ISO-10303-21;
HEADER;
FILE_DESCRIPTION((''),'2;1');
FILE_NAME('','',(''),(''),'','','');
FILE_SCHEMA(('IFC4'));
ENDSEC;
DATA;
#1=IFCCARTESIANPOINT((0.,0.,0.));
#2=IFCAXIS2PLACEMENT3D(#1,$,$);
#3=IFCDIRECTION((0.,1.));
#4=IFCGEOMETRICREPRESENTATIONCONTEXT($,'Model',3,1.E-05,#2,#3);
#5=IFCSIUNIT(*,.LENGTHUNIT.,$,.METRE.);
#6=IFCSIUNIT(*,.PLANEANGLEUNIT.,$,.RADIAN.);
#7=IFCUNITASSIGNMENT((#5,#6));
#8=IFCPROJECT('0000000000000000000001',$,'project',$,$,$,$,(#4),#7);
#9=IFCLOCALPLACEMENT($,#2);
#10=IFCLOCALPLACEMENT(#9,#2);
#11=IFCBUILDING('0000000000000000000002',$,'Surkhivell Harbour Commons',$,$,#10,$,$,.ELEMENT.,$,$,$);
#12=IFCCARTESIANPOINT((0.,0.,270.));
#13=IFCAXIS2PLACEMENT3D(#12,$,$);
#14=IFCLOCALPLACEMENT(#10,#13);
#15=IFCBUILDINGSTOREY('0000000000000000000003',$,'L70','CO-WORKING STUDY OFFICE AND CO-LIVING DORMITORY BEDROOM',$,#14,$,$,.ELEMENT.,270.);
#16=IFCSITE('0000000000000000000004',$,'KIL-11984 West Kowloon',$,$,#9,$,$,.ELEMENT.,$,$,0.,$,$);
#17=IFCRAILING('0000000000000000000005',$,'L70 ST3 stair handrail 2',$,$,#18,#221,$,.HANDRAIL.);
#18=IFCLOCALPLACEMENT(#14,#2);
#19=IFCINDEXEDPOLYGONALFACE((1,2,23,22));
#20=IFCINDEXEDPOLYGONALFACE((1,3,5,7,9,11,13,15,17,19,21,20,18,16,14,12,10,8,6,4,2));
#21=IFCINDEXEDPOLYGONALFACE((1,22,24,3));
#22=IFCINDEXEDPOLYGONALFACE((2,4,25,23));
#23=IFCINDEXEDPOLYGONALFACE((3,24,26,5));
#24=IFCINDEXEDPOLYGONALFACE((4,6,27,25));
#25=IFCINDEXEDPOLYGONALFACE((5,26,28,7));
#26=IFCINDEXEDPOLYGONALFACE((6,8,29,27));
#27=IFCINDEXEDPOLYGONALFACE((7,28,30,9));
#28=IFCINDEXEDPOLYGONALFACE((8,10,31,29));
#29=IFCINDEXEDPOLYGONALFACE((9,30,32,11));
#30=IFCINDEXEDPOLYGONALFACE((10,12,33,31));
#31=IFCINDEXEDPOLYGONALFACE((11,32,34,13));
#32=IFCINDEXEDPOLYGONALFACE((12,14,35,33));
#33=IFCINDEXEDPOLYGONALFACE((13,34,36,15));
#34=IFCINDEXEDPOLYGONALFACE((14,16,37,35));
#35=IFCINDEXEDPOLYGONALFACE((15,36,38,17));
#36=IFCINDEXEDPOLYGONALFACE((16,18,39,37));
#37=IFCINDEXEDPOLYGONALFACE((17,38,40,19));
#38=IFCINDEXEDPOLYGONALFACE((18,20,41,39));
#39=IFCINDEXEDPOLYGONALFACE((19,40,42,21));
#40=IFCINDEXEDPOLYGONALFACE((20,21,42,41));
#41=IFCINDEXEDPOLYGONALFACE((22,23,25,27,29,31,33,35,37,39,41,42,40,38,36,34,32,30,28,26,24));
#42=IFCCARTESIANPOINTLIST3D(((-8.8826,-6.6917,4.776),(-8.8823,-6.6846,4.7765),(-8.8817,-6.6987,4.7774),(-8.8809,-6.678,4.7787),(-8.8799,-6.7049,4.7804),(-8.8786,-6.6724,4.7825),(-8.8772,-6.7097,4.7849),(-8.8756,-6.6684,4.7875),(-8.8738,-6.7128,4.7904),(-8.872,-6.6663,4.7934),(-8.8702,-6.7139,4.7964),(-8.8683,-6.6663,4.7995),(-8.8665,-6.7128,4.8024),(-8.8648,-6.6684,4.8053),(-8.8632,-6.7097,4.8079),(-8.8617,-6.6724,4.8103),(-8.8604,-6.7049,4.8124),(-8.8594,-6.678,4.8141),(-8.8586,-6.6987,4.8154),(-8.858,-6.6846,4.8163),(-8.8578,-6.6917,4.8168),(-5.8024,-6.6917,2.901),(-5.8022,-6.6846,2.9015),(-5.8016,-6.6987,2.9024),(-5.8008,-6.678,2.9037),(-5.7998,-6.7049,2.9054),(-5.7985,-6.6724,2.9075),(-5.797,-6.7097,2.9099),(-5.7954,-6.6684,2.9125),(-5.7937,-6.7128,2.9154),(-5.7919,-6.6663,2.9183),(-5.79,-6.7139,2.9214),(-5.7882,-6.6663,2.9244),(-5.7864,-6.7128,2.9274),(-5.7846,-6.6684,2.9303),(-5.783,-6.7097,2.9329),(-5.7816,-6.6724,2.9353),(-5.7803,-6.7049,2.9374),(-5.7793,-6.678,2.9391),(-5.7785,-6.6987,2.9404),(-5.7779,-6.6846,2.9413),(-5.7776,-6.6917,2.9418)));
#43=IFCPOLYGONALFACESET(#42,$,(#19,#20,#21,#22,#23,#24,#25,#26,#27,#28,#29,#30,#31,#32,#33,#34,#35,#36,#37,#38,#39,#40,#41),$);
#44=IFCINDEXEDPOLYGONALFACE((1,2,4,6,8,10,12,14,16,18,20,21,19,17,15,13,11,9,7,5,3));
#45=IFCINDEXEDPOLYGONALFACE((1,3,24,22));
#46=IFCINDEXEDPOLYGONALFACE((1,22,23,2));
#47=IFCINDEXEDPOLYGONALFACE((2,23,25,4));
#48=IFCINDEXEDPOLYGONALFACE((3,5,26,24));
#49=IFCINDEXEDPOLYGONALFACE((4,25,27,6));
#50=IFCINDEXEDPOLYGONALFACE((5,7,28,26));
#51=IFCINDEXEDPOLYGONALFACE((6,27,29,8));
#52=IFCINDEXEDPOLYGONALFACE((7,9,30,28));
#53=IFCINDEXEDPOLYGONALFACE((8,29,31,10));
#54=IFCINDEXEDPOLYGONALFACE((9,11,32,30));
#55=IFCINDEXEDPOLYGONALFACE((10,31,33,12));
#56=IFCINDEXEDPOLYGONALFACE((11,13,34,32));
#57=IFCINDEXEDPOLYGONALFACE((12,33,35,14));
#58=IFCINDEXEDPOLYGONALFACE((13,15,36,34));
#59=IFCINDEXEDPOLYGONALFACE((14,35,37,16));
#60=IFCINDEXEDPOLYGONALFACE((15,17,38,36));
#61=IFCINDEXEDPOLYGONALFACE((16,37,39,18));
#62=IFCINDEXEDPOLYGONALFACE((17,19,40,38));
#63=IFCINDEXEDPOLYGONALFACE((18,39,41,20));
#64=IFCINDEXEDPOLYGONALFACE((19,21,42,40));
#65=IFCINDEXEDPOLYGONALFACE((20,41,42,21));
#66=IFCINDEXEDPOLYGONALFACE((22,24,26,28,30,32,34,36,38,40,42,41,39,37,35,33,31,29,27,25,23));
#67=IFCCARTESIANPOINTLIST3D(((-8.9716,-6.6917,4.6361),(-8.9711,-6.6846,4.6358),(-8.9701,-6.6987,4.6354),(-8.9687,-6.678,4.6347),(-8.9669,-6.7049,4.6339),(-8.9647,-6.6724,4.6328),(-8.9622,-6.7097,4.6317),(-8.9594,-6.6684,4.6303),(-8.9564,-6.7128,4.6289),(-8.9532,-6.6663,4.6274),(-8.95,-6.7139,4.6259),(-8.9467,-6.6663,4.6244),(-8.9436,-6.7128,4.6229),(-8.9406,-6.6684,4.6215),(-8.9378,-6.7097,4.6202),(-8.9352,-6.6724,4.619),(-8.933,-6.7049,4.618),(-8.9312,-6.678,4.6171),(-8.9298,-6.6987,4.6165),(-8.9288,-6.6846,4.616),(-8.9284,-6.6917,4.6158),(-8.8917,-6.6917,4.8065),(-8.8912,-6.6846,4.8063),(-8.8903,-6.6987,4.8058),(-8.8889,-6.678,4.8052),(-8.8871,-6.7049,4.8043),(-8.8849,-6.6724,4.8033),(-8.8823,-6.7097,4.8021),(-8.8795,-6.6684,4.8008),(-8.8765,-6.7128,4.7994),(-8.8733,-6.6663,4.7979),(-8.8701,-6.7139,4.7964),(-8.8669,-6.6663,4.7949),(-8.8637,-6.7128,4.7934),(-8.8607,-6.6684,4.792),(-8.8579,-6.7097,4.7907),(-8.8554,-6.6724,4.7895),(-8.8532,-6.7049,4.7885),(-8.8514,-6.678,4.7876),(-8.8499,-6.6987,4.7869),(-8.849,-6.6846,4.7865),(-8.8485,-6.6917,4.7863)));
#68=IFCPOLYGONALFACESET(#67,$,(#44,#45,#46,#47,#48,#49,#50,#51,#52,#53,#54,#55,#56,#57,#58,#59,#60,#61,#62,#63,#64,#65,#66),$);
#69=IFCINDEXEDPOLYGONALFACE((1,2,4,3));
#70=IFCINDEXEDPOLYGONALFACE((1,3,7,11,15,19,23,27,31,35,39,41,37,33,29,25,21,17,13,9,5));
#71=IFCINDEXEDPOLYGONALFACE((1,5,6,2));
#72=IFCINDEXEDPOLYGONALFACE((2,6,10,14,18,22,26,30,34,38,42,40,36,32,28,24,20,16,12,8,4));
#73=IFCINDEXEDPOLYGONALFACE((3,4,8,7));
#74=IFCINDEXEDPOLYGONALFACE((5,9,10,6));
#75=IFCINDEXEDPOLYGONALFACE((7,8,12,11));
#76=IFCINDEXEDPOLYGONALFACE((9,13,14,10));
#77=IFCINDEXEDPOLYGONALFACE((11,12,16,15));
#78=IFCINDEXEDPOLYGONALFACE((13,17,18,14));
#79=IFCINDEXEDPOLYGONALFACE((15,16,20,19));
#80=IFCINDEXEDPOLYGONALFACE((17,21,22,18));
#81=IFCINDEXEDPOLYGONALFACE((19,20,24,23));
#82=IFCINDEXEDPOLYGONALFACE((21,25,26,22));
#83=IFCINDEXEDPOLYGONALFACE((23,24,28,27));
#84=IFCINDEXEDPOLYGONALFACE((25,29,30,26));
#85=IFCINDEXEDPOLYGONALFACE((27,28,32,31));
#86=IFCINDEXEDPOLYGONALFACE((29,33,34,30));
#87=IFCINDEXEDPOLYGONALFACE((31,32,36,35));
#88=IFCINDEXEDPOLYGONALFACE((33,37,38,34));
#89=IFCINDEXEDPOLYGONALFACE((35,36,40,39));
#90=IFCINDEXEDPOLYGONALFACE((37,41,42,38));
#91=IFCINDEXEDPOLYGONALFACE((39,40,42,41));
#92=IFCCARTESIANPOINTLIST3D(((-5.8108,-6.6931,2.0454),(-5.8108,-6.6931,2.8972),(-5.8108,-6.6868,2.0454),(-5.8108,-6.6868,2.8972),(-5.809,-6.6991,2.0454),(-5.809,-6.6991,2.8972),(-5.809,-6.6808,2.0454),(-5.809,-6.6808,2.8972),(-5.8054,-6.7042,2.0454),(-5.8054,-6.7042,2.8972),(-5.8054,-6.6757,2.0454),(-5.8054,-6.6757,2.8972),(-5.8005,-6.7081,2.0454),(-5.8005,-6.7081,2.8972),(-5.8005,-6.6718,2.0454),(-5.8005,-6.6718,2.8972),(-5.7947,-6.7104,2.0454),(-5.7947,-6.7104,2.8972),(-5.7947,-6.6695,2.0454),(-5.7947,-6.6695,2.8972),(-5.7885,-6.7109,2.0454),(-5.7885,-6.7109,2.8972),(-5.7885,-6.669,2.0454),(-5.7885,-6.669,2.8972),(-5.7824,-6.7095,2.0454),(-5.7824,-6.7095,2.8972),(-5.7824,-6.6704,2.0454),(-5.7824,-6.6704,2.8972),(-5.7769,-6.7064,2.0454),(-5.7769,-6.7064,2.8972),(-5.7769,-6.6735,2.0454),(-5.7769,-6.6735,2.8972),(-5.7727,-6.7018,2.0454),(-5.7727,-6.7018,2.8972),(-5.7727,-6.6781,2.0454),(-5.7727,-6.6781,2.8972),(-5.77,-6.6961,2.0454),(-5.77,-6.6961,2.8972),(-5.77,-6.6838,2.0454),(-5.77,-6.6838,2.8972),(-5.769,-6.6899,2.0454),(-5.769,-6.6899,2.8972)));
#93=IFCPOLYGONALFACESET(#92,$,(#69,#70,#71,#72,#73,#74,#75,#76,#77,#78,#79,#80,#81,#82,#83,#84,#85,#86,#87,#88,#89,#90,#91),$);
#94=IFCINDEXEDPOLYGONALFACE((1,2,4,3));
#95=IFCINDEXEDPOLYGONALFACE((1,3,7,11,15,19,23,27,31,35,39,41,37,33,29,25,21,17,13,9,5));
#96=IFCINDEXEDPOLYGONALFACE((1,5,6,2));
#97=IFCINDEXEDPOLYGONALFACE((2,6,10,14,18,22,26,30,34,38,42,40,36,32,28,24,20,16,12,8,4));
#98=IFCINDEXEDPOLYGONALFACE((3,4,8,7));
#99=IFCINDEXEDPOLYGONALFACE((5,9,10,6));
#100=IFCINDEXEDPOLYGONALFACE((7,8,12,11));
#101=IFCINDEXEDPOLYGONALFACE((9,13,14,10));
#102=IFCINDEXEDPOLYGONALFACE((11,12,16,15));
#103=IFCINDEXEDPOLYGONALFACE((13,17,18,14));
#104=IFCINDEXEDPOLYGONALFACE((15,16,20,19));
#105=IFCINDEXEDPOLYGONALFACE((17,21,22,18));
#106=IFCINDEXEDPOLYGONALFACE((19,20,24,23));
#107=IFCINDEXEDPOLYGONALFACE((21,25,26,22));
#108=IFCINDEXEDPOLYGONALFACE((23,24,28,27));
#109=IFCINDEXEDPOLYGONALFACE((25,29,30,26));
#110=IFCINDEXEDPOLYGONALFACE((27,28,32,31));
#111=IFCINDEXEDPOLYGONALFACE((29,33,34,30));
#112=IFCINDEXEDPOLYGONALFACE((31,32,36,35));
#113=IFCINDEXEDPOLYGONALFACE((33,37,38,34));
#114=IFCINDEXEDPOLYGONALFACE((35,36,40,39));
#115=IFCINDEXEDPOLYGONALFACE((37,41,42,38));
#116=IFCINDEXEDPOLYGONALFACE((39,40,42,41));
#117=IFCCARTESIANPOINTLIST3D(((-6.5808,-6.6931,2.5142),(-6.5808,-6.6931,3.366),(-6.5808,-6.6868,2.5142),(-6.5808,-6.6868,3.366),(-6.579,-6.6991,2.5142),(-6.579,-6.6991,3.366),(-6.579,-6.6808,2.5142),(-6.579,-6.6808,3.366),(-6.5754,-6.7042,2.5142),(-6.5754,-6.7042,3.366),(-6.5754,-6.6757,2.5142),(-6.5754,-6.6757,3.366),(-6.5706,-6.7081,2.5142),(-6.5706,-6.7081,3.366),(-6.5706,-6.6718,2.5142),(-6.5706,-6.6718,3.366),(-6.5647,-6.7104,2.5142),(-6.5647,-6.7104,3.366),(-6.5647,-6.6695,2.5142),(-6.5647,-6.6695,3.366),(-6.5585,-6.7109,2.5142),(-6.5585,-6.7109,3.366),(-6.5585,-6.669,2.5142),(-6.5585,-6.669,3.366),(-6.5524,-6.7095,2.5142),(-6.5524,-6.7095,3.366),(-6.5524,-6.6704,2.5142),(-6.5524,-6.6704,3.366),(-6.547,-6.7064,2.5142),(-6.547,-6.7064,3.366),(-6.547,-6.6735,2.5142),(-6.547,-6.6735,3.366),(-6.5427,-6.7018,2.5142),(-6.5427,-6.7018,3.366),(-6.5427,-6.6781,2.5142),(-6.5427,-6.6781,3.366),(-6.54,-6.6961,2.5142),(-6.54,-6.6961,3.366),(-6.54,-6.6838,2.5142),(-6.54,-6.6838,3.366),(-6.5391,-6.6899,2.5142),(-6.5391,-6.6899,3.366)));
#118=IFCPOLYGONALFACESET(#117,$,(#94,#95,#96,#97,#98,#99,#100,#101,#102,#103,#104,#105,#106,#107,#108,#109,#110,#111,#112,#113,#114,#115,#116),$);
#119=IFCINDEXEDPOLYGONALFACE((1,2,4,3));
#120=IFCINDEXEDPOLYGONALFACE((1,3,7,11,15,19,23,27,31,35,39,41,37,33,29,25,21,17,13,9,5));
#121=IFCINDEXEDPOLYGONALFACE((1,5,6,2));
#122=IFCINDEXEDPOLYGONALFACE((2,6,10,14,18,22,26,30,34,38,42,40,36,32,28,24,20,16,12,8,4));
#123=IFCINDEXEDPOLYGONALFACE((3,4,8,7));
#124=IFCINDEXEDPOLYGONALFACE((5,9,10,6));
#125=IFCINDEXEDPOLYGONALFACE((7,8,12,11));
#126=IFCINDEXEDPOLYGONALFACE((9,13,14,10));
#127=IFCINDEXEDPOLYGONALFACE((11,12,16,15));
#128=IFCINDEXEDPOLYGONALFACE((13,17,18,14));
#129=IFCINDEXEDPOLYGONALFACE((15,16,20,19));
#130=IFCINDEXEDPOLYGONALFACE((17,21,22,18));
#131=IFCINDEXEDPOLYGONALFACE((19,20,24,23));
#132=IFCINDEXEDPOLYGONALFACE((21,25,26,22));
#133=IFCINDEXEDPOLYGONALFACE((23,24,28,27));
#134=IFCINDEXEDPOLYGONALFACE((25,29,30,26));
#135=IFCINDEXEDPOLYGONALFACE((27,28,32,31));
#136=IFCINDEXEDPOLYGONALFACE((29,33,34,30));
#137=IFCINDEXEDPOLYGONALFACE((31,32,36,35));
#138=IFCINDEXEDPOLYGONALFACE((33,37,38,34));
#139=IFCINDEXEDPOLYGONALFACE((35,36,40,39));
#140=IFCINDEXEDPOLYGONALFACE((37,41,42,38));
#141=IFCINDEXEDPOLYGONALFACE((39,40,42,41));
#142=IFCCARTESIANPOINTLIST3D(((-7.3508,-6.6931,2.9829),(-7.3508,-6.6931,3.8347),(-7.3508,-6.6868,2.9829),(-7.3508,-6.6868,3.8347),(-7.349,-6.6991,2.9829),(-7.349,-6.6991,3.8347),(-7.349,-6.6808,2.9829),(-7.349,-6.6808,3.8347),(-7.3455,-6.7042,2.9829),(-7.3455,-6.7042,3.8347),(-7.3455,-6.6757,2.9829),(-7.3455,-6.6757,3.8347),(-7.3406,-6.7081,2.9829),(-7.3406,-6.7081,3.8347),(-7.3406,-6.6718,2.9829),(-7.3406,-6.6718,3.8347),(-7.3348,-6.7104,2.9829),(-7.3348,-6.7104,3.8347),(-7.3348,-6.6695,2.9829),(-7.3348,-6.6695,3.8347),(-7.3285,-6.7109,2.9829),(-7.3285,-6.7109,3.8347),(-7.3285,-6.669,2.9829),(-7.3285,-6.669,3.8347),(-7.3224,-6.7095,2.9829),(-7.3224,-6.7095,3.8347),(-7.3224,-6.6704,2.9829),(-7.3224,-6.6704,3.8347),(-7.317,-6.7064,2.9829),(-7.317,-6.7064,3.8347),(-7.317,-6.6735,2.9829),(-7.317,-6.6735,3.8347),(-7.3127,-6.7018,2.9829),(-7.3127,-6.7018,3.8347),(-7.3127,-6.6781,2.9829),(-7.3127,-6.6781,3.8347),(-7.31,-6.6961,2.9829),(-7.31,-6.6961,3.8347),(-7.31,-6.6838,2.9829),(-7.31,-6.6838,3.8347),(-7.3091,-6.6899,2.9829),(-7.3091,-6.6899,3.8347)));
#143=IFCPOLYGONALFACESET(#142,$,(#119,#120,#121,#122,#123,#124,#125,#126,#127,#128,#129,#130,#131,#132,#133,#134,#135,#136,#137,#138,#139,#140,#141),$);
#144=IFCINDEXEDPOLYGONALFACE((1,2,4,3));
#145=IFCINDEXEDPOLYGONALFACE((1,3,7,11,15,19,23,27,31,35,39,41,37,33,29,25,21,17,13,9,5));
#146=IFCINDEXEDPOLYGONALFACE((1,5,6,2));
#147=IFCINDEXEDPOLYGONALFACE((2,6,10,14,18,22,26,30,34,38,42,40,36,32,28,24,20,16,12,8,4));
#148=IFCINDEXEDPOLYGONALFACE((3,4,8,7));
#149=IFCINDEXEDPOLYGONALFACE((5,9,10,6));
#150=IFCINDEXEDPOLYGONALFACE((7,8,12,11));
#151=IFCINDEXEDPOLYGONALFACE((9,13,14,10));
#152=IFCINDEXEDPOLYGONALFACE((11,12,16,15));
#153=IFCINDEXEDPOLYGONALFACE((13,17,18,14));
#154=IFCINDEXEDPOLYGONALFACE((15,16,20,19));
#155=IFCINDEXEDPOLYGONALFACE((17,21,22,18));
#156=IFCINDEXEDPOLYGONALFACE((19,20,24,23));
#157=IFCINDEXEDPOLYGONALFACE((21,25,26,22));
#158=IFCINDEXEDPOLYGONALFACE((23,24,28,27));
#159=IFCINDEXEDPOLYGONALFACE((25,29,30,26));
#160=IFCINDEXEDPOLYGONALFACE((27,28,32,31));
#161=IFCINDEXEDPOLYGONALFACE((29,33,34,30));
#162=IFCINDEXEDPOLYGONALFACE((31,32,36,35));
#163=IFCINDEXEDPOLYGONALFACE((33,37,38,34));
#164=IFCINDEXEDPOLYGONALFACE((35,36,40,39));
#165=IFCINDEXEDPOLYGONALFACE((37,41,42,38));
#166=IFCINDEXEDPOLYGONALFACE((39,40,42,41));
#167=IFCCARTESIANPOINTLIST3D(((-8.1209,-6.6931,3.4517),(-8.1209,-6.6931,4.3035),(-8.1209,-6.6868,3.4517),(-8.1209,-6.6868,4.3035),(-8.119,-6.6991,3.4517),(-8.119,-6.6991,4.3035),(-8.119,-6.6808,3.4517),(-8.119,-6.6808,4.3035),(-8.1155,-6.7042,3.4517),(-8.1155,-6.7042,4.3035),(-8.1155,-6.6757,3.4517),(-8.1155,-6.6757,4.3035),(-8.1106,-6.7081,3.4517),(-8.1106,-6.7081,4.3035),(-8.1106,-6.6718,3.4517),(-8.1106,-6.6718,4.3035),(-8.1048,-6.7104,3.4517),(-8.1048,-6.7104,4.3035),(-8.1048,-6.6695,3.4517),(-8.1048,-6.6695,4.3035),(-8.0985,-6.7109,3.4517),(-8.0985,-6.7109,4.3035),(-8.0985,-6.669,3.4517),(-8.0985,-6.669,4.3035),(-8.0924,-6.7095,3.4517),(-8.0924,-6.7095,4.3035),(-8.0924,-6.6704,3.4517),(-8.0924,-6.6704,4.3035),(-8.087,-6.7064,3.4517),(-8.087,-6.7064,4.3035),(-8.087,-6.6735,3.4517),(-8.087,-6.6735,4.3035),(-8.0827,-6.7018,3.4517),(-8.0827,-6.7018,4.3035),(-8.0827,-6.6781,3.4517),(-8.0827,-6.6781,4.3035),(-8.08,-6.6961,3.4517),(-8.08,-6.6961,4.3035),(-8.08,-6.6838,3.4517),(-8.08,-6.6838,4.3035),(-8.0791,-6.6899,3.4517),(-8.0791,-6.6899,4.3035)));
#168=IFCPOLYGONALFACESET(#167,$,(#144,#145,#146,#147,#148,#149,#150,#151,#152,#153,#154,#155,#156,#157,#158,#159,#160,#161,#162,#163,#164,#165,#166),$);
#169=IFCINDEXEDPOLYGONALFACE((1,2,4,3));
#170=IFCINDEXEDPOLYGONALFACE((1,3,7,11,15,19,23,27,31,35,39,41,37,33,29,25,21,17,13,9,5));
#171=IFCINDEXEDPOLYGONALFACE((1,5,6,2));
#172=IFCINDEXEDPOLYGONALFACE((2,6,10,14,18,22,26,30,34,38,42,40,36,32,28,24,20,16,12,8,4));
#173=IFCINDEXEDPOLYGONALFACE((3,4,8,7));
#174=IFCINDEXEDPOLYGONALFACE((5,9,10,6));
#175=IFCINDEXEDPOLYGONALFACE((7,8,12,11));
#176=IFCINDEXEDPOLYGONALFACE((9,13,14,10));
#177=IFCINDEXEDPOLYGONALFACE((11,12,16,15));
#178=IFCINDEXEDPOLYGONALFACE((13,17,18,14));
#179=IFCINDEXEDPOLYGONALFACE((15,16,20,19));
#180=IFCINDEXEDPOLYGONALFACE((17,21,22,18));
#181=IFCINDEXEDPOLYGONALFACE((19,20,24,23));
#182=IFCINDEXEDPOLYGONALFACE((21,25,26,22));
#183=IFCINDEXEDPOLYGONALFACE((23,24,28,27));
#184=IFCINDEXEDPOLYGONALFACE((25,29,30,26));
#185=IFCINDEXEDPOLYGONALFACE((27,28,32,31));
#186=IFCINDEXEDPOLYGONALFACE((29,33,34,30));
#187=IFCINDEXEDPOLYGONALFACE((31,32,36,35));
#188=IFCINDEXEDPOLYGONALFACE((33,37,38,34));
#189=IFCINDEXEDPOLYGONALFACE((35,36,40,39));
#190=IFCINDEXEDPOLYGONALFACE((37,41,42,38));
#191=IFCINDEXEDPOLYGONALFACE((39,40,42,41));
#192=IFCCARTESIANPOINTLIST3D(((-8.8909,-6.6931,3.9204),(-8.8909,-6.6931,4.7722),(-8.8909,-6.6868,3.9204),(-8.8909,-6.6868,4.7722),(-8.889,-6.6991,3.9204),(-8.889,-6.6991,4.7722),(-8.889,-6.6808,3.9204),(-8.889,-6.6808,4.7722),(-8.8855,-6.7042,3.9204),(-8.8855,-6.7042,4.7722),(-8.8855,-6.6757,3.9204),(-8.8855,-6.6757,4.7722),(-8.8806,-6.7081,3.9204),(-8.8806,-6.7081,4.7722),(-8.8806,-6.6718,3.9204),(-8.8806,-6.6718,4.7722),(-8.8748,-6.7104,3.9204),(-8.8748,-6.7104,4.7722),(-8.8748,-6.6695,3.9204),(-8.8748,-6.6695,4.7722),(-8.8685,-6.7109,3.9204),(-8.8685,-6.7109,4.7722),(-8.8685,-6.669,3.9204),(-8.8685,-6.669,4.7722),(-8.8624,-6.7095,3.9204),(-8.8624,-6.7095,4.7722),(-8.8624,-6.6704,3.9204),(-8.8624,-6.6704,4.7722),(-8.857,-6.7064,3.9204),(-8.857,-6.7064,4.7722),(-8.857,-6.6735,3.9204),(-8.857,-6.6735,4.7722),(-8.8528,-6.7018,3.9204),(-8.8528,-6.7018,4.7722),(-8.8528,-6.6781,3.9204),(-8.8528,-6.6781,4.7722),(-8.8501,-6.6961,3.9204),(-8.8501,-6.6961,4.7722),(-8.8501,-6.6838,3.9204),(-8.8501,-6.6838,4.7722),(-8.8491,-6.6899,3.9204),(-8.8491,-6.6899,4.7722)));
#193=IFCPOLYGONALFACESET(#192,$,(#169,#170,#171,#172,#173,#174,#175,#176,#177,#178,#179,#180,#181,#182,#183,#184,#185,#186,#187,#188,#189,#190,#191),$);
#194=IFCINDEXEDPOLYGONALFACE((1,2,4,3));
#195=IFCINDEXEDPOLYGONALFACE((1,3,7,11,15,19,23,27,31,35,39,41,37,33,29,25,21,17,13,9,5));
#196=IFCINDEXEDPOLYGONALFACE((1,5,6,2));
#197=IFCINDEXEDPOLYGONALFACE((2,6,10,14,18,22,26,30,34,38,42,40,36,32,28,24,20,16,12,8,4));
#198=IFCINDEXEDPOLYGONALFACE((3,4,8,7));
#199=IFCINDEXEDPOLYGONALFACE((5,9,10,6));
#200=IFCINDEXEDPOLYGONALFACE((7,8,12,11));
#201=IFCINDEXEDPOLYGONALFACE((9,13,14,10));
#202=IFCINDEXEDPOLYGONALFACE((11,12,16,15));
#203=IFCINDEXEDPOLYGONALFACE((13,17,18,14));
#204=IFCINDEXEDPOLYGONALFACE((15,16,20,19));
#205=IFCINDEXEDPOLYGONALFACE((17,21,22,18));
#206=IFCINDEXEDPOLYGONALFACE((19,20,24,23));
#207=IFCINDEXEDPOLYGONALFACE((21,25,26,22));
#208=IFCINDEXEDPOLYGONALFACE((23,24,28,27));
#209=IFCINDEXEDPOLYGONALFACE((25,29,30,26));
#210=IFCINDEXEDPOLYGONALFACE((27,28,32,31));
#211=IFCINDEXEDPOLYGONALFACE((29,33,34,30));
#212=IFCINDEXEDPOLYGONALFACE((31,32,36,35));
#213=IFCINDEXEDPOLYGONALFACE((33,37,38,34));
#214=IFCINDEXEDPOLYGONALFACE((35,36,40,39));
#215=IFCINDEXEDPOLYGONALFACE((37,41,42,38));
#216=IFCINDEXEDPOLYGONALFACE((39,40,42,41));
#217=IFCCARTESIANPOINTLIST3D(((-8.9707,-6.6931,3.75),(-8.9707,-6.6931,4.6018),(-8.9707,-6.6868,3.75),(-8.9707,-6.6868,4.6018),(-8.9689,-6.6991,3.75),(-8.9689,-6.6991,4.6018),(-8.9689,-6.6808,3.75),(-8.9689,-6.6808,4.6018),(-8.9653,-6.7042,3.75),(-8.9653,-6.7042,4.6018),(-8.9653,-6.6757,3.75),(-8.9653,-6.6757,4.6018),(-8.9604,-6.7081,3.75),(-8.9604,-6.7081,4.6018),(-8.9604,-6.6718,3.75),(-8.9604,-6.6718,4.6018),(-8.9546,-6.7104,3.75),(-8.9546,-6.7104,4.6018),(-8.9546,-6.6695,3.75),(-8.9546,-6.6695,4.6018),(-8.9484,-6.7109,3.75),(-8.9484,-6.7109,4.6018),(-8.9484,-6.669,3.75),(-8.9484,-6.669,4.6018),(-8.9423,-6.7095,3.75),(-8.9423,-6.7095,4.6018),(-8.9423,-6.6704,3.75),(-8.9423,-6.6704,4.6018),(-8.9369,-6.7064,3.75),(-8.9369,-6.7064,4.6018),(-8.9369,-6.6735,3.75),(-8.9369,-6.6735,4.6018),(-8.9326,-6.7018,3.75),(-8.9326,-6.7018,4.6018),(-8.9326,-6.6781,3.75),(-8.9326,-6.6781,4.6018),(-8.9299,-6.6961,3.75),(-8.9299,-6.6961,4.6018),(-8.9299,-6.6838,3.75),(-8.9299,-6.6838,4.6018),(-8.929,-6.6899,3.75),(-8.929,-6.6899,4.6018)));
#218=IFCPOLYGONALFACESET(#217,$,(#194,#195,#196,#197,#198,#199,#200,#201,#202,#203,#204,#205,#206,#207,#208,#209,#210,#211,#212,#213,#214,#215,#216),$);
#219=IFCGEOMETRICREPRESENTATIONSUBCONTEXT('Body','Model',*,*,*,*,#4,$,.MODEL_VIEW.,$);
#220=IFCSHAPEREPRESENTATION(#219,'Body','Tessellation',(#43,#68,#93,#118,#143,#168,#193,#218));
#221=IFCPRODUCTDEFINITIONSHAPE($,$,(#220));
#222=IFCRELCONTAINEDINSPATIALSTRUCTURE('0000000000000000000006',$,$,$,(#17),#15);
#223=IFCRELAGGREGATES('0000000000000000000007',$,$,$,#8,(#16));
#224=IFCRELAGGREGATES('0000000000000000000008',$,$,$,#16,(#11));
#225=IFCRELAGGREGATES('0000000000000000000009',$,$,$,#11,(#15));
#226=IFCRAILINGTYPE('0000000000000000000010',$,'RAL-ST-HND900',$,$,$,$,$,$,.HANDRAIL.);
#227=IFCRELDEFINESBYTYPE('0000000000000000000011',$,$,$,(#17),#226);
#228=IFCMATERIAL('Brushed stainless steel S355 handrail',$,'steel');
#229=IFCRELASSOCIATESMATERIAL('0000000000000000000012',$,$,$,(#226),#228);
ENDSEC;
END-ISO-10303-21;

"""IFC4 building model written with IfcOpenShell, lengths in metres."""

from ifc_helpers import new_model, si_unit, direction, frame, origin, origin_2d, place, context, subcontext, project, spatial, circle, extrude, material, type_object, element, save


model = new_model("IFC4")

# Units and contexts
model_context = context("Model", 3, precision=1e-05, world=origin(), true_north=direction((0.0, 1.0)))
body_context = subcontext(model_context, "Body", "Model", "MODEL_VIEW")
ifc_project = project(units=[si_unit("LENGTHUNIT", "METRE"), si_unit("PLANEANGLEUNIT", "RADIAN")], contexts=[model_context])

# Site, building, storey
site_placement = place(None, origin())
site = spatial("IfcSite", under=ifc_project, at=site_placement, Name="KIL-11984 West Kowloon", CompositionType="ELEMENT", RefElevation=0.0)
building_placement = place(site_placement, origin())
building = spatial("IfcBuilding", under=site, at=building_placement, Name="Surkhivell Harbour Commons", CompositionType="ELEMENT")
storey_placement = place(building_placement, frame((0.0, 0.0, 270.0)))
storey = spatial("IfcBuildingStorey", under=building, at=storey_placement, Name="L70", Description="CO-WORKING STUDY OFFICE AND CO-LIVING DORMITORY BEDROOM", CompositionType="ELEMENT", Elevation=270.0)

# Railing
ifc_material_1 = material(Name="Brushed stainless steel S355 handrail", Category="steel")
railing_type = type_object("IfcRailingType", Name="RAL-ST-HND900", PredefinedType="HANDRAIL", material=ifc_material_1)
railing_placement = place(storey_placement, frame((-5.79, -6.6899, 2.0454)))
element("IfcRailing", 1, at=railing_placement, inside=storey, type_object=railing_type, Name="L70 ST3 stair handrail 2", PredefinedType="HANDRAIL", context=body_context, shape_type="SweptSolid", body=[
    extrude(circle(Radius=0.0239, at=origin_2d()), frame((0.0, 0.0, 0.876), z_axis=(-0.854178, 0.0, 0.519981), x_axis=(0.0, -1.0, 0.0)), (0.0, 0.0, 1.0), 3.606),
    extrude(circle(Radius=0.0239, at=origin_2d()), frame((-3.0801, 0.0, 2.751), z_axis=(-0.424234, 0.0, -0.905552), x_axis=(0.0, -1.0, 0.0)), (0.0, 0.0, 1.0), 0.1882),
    extrude(circle(Radius=0.021, at=origin_2d()), origin(), (0.0, 0.0, 1.0), 0.8518),
    extrude(circle(Radius=0.021, at=origin_2d()), frame((-0.77, 0.0, 0.4688)), (0.0, 0.0, 1.0), 0.8518),
    extrude(circle(Radius=0.021, at=origin_2d()), frame((-1.54, 0.0, 0.9375)), (0.0, 0.0, 1.0), 0.8518),
    extrude(circle(Radius=0.021, at=origin_2d()), frame((-2.3101, 0.0, 1.4062)), (0.0, 0.0, 1.0), 0.8518),
    extrude(circle(Radius=0.021, at=origin_2d()), frame((-3.0801, 0.0, 1.875)), (0.0, 0.0, 1.0), 0.8518),
    extrude(circle(Radius=0.021, at=origin_2d()), frame((-3.1599, 0.0, 1.7046)), (0.0, 0.0, 1.0), 0.8518),
])

save(model, "model.ifc")
